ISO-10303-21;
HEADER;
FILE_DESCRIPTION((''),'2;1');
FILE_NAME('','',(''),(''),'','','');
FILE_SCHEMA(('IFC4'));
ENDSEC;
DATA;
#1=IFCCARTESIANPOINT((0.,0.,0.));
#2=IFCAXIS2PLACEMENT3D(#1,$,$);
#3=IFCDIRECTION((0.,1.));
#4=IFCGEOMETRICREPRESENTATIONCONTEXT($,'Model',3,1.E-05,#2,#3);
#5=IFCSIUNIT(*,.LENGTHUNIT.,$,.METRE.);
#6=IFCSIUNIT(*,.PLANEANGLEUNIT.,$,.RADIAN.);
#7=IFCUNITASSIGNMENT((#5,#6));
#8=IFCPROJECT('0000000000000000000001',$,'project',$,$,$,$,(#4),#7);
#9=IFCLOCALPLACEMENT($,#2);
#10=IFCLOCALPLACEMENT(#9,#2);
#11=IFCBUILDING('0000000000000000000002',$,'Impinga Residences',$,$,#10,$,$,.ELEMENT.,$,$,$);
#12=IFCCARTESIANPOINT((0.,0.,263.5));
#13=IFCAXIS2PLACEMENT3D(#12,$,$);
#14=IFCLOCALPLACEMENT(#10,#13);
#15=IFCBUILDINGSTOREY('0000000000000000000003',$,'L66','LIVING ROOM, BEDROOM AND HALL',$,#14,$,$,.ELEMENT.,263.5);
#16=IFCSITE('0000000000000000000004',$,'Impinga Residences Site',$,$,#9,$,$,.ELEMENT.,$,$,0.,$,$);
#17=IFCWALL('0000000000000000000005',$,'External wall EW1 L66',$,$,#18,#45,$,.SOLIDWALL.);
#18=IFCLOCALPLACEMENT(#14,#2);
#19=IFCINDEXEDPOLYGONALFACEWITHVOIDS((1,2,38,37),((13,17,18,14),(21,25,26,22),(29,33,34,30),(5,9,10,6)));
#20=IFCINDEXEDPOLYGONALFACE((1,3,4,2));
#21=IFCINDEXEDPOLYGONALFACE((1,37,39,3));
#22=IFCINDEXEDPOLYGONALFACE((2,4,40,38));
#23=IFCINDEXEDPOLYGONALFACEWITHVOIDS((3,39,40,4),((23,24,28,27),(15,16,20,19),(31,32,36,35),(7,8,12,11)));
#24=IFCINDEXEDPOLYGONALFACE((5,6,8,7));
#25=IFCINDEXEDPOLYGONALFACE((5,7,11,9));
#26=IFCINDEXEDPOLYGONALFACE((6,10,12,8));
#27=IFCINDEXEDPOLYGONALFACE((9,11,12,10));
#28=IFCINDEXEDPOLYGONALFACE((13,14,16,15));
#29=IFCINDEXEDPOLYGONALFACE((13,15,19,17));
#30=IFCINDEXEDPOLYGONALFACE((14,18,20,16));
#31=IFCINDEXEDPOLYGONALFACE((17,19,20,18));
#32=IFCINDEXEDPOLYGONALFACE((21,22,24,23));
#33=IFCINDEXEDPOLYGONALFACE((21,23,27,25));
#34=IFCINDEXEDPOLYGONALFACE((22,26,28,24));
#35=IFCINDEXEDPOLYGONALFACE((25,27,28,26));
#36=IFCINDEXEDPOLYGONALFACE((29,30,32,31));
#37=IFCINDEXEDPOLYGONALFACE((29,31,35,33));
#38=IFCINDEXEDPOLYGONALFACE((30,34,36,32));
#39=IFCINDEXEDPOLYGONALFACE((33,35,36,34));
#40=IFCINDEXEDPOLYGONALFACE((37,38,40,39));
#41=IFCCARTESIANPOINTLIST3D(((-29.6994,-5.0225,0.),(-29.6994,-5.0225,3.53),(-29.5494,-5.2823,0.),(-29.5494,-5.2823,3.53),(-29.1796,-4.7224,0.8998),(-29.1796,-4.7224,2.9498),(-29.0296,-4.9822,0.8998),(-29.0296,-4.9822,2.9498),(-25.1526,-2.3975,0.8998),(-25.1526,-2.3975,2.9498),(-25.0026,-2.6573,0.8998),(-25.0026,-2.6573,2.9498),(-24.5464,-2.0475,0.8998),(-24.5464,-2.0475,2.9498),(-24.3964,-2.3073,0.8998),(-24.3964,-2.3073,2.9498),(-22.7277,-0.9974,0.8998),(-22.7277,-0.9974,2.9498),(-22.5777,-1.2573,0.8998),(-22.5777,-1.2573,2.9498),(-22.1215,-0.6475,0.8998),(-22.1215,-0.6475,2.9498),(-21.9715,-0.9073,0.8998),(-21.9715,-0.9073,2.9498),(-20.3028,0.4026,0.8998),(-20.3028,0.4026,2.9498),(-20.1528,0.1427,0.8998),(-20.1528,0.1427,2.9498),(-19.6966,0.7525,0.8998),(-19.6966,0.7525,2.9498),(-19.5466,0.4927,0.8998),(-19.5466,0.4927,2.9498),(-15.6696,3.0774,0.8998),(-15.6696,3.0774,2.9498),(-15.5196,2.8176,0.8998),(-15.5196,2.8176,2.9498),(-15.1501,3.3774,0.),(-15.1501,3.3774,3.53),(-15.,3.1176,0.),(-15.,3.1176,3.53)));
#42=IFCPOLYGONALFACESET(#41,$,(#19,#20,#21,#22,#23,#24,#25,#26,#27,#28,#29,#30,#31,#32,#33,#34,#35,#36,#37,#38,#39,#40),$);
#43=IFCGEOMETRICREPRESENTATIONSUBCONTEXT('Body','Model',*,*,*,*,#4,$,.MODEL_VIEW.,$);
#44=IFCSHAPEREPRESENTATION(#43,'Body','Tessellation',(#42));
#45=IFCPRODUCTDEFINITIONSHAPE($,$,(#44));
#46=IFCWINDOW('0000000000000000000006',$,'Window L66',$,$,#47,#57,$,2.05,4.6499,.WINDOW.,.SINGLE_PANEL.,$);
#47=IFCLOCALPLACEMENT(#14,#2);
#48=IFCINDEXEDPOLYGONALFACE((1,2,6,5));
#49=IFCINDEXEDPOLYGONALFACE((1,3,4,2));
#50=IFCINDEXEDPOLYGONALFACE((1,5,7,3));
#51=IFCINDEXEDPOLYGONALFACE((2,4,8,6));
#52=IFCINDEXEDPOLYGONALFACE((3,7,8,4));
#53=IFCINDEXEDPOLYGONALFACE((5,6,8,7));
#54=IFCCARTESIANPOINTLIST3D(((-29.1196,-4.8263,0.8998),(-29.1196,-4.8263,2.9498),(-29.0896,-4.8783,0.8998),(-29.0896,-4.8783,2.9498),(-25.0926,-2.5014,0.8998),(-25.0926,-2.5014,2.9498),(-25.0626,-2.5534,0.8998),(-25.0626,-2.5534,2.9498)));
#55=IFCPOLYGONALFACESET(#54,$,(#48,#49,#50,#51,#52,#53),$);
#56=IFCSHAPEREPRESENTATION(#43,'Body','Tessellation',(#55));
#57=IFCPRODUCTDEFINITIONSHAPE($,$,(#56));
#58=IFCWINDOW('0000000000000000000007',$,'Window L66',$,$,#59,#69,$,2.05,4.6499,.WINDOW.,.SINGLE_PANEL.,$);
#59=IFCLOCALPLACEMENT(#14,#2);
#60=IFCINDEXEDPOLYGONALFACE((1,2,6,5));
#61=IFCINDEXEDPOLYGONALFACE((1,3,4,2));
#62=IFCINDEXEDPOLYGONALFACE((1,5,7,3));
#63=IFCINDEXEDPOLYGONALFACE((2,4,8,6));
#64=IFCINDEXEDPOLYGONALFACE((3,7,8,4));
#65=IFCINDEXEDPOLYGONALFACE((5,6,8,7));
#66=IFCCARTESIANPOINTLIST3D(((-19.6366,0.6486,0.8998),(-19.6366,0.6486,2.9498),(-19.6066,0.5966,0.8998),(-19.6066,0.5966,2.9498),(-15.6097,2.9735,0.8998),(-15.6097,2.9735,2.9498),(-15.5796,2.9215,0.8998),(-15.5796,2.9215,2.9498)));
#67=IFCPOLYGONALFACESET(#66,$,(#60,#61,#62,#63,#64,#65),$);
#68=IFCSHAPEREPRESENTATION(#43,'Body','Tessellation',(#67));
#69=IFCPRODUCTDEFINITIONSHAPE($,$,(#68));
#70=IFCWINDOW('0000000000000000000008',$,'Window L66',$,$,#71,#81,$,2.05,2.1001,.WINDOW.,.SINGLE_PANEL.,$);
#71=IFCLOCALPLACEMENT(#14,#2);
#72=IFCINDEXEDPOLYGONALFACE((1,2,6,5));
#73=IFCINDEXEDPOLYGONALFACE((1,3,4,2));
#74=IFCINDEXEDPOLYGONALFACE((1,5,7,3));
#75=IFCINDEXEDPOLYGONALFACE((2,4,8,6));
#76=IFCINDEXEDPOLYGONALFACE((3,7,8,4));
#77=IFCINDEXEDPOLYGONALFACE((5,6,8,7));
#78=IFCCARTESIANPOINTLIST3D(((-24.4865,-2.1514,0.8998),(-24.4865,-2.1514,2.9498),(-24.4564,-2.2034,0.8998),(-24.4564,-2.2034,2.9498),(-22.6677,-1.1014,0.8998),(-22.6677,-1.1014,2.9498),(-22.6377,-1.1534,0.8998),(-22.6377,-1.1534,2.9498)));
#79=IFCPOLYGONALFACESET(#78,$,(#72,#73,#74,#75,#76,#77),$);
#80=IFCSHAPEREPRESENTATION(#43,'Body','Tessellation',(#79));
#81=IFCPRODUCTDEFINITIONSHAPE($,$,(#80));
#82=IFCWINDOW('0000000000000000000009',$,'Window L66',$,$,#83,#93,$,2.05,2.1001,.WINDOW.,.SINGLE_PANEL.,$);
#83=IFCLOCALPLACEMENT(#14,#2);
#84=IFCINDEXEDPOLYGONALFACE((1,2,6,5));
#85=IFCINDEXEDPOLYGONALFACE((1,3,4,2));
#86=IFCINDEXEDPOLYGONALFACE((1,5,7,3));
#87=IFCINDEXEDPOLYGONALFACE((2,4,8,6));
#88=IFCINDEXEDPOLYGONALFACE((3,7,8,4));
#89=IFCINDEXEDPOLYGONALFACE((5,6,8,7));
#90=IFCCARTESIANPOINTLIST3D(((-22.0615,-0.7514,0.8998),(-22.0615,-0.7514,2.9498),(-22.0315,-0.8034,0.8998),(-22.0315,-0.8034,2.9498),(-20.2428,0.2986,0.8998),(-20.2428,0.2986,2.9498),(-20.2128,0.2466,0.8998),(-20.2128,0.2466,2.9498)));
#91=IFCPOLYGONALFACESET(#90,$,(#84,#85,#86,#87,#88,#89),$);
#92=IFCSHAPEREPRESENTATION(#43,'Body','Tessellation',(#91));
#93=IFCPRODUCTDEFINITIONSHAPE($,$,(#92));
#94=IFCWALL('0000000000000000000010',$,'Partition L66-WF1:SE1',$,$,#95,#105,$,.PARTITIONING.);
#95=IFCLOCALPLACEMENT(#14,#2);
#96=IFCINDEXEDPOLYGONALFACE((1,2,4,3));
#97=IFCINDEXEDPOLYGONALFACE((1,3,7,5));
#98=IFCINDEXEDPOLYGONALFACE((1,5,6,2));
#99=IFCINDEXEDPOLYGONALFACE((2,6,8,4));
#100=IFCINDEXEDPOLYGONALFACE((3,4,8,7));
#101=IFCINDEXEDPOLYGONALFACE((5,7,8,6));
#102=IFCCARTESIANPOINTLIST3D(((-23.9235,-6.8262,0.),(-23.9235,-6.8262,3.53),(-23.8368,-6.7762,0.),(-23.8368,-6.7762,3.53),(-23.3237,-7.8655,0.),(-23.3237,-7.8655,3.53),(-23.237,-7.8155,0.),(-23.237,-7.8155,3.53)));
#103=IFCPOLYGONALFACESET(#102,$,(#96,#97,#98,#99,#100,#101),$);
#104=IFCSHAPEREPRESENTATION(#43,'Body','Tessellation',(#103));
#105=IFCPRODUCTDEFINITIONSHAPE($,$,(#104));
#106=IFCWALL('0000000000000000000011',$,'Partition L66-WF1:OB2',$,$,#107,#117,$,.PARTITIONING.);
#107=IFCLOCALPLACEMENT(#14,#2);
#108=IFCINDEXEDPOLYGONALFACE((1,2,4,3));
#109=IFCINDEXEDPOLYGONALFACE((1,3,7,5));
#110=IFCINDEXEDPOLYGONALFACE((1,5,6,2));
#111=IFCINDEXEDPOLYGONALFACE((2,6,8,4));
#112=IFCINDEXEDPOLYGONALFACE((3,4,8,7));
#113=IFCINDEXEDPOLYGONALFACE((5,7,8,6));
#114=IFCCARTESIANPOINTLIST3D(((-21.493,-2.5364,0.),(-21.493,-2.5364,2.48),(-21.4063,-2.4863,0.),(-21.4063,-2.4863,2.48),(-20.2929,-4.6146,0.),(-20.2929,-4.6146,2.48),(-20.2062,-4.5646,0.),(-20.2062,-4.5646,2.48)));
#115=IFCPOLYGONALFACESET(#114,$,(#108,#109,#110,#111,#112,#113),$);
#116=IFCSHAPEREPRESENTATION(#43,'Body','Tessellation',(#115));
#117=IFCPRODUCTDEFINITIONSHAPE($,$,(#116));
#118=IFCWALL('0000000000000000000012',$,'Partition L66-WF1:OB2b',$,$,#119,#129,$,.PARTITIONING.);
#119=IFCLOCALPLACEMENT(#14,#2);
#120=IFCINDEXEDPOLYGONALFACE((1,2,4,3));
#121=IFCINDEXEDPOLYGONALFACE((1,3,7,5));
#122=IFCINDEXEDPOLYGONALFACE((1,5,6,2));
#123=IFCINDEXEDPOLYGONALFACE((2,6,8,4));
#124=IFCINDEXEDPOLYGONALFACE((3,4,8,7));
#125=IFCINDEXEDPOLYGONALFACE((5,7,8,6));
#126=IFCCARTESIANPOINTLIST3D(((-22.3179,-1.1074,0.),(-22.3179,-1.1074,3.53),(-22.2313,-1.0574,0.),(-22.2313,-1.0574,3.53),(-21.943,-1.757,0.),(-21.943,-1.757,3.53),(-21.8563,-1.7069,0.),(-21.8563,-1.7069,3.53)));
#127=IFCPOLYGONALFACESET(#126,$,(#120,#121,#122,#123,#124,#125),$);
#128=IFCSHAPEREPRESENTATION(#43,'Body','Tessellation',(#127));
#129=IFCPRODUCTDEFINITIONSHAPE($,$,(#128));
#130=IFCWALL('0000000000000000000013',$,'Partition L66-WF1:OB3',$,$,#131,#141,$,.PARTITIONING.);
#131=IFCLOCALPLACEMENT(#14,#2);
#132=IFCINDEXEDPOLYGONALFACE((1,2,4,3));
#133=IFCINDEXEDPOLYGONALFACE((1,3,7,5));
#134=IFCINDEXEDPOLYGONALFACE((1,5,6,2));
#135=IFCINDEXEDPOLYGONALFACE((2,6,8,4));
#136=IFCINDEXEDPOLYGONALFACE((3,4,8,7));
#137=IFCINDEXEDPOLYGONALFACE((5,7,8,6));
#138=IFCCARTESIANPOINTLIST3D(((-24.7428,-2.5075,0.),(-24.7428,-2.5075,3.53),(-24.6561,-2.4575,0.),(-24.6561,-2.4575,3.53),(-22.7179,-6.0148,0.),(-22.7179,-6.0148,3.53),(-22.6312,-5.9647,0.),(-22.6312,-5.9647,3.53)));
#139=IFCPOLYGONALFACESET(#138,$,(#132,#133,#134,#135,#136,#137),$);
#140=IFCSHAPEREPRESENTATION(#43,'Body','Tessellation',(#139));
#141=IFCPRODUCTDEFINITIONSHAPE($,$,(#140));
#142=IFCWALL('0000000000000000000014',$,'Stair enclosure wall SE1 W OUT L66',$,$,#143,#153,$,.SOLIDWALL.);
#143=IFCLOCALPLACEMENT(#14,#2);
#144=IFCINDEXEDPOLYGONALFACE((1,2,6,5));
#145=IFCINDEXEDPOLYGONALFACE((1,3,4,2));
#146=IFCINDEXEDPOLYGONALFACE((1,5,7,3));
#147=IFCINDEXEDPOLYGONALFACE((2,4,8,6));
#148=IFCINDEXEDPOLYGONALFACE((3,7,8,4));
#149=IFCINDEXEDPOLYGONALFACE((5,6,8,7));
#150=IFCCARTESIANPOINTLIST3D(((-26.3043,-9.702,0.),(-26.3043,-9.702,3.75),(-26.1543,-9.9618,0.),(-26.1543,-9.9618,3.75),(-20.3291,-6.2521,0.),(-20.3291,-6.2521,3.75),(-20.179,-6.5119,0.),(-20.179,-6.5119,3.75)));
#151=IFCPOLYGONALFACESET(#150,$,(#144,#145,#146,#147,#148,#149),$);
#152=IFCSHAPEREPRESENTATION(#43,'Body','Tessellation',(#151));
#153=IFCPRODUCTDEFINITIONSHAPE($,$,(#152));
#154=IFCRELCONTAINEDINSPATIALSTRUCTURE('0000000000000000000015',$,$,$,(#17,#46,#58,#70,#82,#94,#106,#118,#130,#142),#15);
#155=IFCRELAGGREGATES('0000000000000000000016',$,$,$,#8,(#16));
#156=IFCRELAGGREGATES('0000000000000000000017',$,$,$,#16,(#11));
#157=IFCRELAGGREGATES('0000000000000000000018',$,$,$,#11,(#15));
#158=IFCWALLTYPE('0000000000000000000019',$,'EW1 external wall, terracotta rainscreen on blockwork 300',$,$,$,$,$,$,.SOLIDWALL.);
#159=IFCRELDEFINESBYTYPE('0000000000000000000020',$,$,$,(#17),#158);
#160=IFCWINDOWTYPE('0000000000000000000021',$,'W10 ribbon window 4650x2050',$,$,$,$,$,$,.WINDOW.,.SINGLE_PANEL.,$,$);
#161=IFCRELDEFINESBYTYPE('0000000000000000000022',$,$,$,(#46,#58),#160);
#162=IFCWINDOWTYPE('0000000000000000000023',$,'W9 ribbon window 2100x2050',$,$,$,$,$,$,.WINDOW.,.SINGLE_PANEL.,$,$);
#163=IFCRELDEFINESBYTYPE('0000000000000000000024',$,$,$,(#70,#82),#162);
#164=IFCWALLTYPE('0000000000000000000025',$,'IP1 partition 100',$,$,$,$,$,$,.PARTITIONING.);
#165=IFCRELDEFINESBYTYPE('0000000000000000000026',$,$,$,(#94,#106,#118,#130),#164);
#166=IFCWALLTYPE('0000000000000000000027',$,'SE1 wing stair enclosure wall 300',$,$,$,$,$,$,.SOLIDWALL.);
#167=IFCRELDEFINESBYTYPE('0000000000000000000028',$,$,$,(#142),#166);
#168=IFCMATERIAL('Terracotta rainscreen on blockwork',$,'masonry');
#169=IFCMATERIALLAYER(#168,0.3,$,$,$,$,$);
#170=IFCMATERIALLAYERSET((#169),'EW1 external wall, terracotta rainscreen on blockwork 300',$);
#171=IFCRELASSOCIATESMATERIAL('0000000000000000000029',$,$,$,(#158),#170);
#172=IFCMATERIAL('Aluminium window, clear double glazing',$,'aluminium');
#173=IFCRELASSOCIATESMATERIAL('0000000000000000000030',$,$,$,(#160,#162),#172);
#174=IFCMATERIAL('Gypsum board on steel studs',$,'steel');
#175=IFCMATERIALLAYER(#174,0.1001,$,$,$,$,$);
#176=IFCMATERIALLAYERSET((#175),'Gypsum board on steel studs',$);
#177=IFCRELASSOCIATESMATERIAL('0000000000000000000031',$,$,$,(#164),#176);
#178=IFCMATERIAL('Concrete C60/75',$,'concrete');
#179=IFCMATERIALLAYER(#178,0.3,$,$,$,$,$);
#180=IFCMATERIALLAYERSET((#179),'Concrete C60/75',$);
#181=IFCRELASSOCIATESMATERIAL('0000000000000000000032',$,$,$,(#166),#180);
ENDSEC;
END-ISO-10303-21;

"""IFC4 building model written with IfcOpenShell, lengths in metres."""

from ifc_helpers import new_model, si_unit, direction, frame, frame_2d, origin, place, context, subcontext, project, spatial, rectangle, extrude, material, layer, layer_set, type_object, element, fill, save


model = new_model("IFC4")

# Units and contexts
model_context = context("Model", 3, precision=1e-05, world=origin(), true_north=direction((0.0, 1.0)))
body_context = subcontext(model_context, "Body", "Model", "MODEL_VIEW")
ifc_project = project(units=[si_unit("LENGTHUNIT", "METRE"), si_unit("PLANEANGLEUNIT", "RADIAN")], contexts=[model_context])

# Site, building, storey
site_placement = place(None, origin())
site = spatial("IfcSite", under=ifc_project, at=site_placement, Name="Impinga Residences Site", CompositionType="ELEMENT", RefElevation=0.0)
building_placement = place(site_placement, origin())
building = spatial("IfcBuilding", under=site, at=building_placement, Name="Impinga Residences", CompositionType="ELEMENT")
storey_placement = place(building_placement, frame((0.0, 0.0, 263.5)))
storey = spatial("IfcBuildingStorey", under=building, at=storey_placement, Name="L66", Description="LIVING ROOM, BEDROOM AND HALL", CompositionType="ELEMENT", Elevation=263.5)

# Shared definitions
ifc_material_1 = material(Name="Concrete C60/75", Category="concrete")

# Shared definitions
ifc_material_2 = material(Name="Terracotta rainscreen on blockwork", Category="masonry")
ifc_layer_1 = layer(ifc_material_2, 0.3)
ifc_layer_set_1 = layer_set([ifc_layer_1], Name="EW1 external wall, terracotta rainscreen on blockwork 300")
wall_type_1 = type_object("IfcWallType", Name="EW1 external wall, terracotta rainscreen on blockwork 300", PredefinedType="SOLIDWALL", material=ifc_layer_set_1)

# Wall, openings, windows
wall_1_placement = place(storey_placement, frame((-29.6243, -5.1523, 0.0), z_axis=(0.0, 0.0, 1.0), x_axis=(0.866029, 0.499993, 0.0)))
wall_1 = element("IfcWall", 1, at=wall_1_placement, inside=storey, type_object=wall_type_1, Name="External wall EW1 L66", PredefinedType="SOLIDWALL", context=body_context, shape_type="SweptSolid", body=[
    extrude(rectangle(XDim=16.8, YDim=0.3, at=frame_2d((8.3999, 0.0))), origin(), (0.0, 0.0, 1.0), 3.53),
])
opening_1_placement = place(wall_1_placement, frame((0.6001, 0.0, 0.8999)))
opening_1 = element("IfcOpeningElement", 2, at=opening_1_placement, cuts=wall_1, PredefinedType="OPENING", context=body_context, shape_type="SweptSolid", body=[
    extrude(rectangle(XDim=4.6499, YDim=2.05, at=frame_2d((2.325, 1.0249))), frame((0.0, 0.1599, 0.0), z_axis=(0.0, -1.0, 0.0), x_axis=(1.0, 0.0, 0.0)), (0.0, 0.0, 1.0), 0.3201),
])
opening_2_placement = place(wall_1_placement, frame((5.95, 0.0, 0.8999)))
opening_2 = element("IfcOpeningElement", 3, at=opening_2_placement, cuts=wall_1, PredefinedType="OPENING", context=body_context, shape_type="SweptSolid", body=[
    extrude(rectangle(XDim=2.1001, YDim=2.05, at=frame_2d((1.05, 1.0249))), frame((0.0, 0.1599, 0.0), z_axis=(0.0, -1.0, 0.0), x_axis=(1.0, 0.0, 0.0)), (0.0, 0.0, 1.0), 0.3201),
])
opening_3_placement = place(wall_1_placement, frame((8.75, 0.0, 0.8999)))
opening_3 = element("IfcOpeningElement", 4, at=opening_3_placement, cuts=wall_1, PredefinedType="OPENING", context=body_context, shape_type="SweptSolid", body=[
    extrude(rectangle(XDim=2.1001, YDim=2.05, at=frame_2d((1.05, 1.0249))), frame((0.0, 0.1599, 0.0), z_axis=(0.0, -1.0, 0.0), x_axis=(1.0, 0.0, 0.0)), (0.0, 0.0, 1.0), 0.3201),
])
opening_4_placement = place(wall_1_placement, frame((11.55, 0.0, 0.8999)))
opening_4 = element("IfcOpeningElement", 5, at=opening_4_placement, cuts=wall_1, PredefinedType="OPENING", context=body_context, shape_type="SweptSolid", body=[
    extrude(rectangle(XDim=4.6499, YDim=2.05, at=frame_2d((2.325, 1.0249))), frame((0.0, 0.1599, 0.0), z_axis=(0.0, -1.0, 0.0), x_axis=(1.0, 0.0, 0.0)), (0.0, 0.0, 1.0), 0.3201),
])
ifc_material_3 = material(Name="Aluminium window, clear double glazing", Category="aluminium")
window_type_1 = type_object("IfcWindowType", Name="W10 ribbon window 4650x2050", PartitioningType="SINGLE_PANEL", PredefinedType="WINDOW", material=ifc_material_3)
window_1_placement = place(opening_1_placement, origin())
window_1 = element("IfcWindow", 6, at=window_1_placement, inside=storey, type_object=window_type_1, Name="Window L66", OverallHeight=2.05, OverallWidth=4.6499, PartitioningType="SINGLE_PANEL", PredefinedType="WINDOW", context=body_context, shape_type="SweptSolid", body=[
    extrude(rectangle(XDim=4.6499, YDim=2.05, at=frame_2d((2.325, 1.0249))), frame((0.0, 0.03, 0.0), z_axis=(0.0, -1.0, 0.0), x_axis=(1.0, 0.0, 0.0)), (0.0, 0.0, 1.0), 0.0601),
])
fill(opening_1, window_1)
window_2_placement = place(opening_4_placement, origin())
window_2 = element("IfcWindow", 7, at=window_2_placement, inside=storey, type_object=window_type_1, Name="Window L66", OverallHeight=2.05, OverallWidth=4.6499, PartitioningType="SINGLE_PANEL", PredefinedType="WINDOW", context=body_context, shape_type="SweptSolid", body=[
    extrude(rectangle(XDim=4.6499, YDim=2.05, at=frame_2d((2.325, 1.0249))), frame((0.0, 0.03, 0.0), z_axis=(0.0, -1.0, 0.0), x_axis=(1.0, 0.0, 0.0)), (0.0, 0.0, 1.0), 0.0601),
])
fill(opening_4, window_2)
window_type_2 = type_object("IfcWindowType", Name="W9 ribbon window 2100x2050", PartitioningType="SINGLE_PANEL", PredefinedType="WINDOW", material=ifc_material_3)
window_3_placement = place(opening_2_placement, origin())
window_3 = element("IfcWindow", 8, at=window_3_placement, inside=storey, type_object=window_type_2, Name="Window L66", OverallHeight=2.05, OverallWidth=2.1001, PartitioningType="SINGLE_PANEL", PredefinedType="WINDOW", context=body_context, shape_type="SweptSolid", body=[
    extrude(rectangle(XDim=2.1001, YDim=2.05, at=frame_2d((1.05, 1.0249))), frame((0.0, 0.03, 0.0), z_axis=(0.0, -1.0, 0.0), x_axis=(1.0, 0.0, 0.0)), (0.0, 0.0, 1.0), 0.0601),
])
fill(opening_2, window_3)
window_4_placement = place(opening_3_placement, origin())
window_4 = element("IfcWindow", 9, at=window_4_placement, inside=storey, type_object=window_type_2, Name="Window L66", OverallHeight=2.05, OverallWidth=2.1001, PartitioningType="SINGLE_PANEL", PredefinedType="WINDOW", context=body_context, shape_type="SweptSolid", body=[
    extrude(rectangle(XDim=2.1001, YDim=2.05, at=frame_2d((1.05, 1.0249))), frame((0.0, 0.03, 0.0), z_axis=(0.0, -1.0, 0.0), x_axis=(1.0, 0.0, 0.0)), (0.0, 0.0, 1.0), 0.0601),
])
fill(opening_3, window_4)

# Walls
ifc_material_4 = material(Name="Gypsum board on steel studs", Category="steel")
ifc_layer_2 = layer(ifc_material_4, 0.1001)
ifc_layer_set_2 = layer_set([ifc_layer_2], Name="Gypsum board on steel studs")
wall_type_2 = type_object("IfcWallType", Name="IP1 partition 100", PredefinedType="PARTITIONING", material=ifc_layer_set_2)
wall_2_placement = place(storey_placement, frame((-23.2803, -7.8406, 0.0), z_axis=(0.0, 0.0, 1.0), x_axis=(-0.499881, 0.866094, 0.0)))
element("IfcWall", 10, at=wall_2_placement, inside=storey, type_object=wall_type_2, Name="Partition L66-WF1:SE1", PredefinedType="PARTITIONING", context=body_context, shape_type="SweptSolid", body=[
    extrude(rectangle(XDim=1.2, YDim=0.1001, at=frame_2d((0.6001, 0.0))), origin(), (0.0, 0.0, 1.0), 3.53),
])
wall_3_placement = place(storey_placement, frame((-20.2495, -4.5896, 0.0), z_axis=(0.0, 0.0, 1.0), x_axis=(-0.500078, 0.865981, 0.0)))
element("IfcWall", 11, at=wall_3_placement, inside=storey, type_object=wall_type_2, Name="Partition L66-WF1:OB2", PredefinedType="PARTITIONING", context=body_context, shape_type="SweptSolid", body=[
    extrude(rectangle(XDim=2.3999, YDim=0.1001, at=frame_2d((1.2, 0.0))), origin(), (0.0, 0.0, 1.0), 2.48),
])
wall_4_placement = place(storey_placement, frame((-21.8997, -1.7319, 0.0), z_axis=(0.0, 0.0, 1.0), x_axis=(-0.49992, 0.866072, 0.0)))
element("IfcWall", 12, at=wall_4_placement, inside=storey, type_object=wall_type_2, Name="Partition L66-WF1:OB2b", PredefinedType="PARTITIONING", context=body_context, shape_type="SweptSolid", body=[
    extrude(rectangle(XDim=0.75, YDim=0.1001, at=frame_2d((0.375, 0.0))), origin(), (0.0, 0.0, 1.0), 3.53),
])
wall_5_placement = place(storey_placement, frame((-22.6746, -5.9897, 0.0), z_axis=(0.0, 0.0, 1.0), x_axis=(-0.49999, 0.866031, 0.0)))
element("IfcWall", 13, at=wall_5_placement, inside=storey, type_object=wall_type_2, Name="Partition L66-WF1:OB3", PredefinedType="PARTITIONING", context=body_context, shape_type="SweptSolid", body=[
    extrude(rectangle(XDim=4.0498, YDim=0.1001, at=frame_2d((2.0249, 0.0))), origin(), (0.0, 0.0, 1.0), 3.53),
])
ifc_layer_3 = layer(ifc_material_1, 0.3)
ifc_layer_set_3 = layer_set([ifc_layer_3], Name="Concrete C60/75")
wall_type_3 = type_object("IfcWallType", Name="SE1 wing stair enclosure wall 300", PredefinedType="SOLIDWALL", material=ifc_layer_set_3)
wall_6_placement = place(storey_placement, frame((-20.2542, -6.3821, 0.0), z_axis=(0.0, 0.0, 1.0), x_axis=(-0.86602, -0.500009, 0.0)))
element("IfcWall", 14, at=wall_6_placement, inside=storey, type_object=wall_type_3, Name="Stair enclosure wall SE1 W OUT L66", PredefinedType="SOLIDWALL", context=body_context, shape_type="SweptSolid", body=[
    extrude(rectangle(XDim=6.8997, YDim=0.3, at=frame_2d((3.4497, 0.0))), origin(), (0.0, 0.0, 1.0), 3.75),
])

save(model, "model.ifc")
